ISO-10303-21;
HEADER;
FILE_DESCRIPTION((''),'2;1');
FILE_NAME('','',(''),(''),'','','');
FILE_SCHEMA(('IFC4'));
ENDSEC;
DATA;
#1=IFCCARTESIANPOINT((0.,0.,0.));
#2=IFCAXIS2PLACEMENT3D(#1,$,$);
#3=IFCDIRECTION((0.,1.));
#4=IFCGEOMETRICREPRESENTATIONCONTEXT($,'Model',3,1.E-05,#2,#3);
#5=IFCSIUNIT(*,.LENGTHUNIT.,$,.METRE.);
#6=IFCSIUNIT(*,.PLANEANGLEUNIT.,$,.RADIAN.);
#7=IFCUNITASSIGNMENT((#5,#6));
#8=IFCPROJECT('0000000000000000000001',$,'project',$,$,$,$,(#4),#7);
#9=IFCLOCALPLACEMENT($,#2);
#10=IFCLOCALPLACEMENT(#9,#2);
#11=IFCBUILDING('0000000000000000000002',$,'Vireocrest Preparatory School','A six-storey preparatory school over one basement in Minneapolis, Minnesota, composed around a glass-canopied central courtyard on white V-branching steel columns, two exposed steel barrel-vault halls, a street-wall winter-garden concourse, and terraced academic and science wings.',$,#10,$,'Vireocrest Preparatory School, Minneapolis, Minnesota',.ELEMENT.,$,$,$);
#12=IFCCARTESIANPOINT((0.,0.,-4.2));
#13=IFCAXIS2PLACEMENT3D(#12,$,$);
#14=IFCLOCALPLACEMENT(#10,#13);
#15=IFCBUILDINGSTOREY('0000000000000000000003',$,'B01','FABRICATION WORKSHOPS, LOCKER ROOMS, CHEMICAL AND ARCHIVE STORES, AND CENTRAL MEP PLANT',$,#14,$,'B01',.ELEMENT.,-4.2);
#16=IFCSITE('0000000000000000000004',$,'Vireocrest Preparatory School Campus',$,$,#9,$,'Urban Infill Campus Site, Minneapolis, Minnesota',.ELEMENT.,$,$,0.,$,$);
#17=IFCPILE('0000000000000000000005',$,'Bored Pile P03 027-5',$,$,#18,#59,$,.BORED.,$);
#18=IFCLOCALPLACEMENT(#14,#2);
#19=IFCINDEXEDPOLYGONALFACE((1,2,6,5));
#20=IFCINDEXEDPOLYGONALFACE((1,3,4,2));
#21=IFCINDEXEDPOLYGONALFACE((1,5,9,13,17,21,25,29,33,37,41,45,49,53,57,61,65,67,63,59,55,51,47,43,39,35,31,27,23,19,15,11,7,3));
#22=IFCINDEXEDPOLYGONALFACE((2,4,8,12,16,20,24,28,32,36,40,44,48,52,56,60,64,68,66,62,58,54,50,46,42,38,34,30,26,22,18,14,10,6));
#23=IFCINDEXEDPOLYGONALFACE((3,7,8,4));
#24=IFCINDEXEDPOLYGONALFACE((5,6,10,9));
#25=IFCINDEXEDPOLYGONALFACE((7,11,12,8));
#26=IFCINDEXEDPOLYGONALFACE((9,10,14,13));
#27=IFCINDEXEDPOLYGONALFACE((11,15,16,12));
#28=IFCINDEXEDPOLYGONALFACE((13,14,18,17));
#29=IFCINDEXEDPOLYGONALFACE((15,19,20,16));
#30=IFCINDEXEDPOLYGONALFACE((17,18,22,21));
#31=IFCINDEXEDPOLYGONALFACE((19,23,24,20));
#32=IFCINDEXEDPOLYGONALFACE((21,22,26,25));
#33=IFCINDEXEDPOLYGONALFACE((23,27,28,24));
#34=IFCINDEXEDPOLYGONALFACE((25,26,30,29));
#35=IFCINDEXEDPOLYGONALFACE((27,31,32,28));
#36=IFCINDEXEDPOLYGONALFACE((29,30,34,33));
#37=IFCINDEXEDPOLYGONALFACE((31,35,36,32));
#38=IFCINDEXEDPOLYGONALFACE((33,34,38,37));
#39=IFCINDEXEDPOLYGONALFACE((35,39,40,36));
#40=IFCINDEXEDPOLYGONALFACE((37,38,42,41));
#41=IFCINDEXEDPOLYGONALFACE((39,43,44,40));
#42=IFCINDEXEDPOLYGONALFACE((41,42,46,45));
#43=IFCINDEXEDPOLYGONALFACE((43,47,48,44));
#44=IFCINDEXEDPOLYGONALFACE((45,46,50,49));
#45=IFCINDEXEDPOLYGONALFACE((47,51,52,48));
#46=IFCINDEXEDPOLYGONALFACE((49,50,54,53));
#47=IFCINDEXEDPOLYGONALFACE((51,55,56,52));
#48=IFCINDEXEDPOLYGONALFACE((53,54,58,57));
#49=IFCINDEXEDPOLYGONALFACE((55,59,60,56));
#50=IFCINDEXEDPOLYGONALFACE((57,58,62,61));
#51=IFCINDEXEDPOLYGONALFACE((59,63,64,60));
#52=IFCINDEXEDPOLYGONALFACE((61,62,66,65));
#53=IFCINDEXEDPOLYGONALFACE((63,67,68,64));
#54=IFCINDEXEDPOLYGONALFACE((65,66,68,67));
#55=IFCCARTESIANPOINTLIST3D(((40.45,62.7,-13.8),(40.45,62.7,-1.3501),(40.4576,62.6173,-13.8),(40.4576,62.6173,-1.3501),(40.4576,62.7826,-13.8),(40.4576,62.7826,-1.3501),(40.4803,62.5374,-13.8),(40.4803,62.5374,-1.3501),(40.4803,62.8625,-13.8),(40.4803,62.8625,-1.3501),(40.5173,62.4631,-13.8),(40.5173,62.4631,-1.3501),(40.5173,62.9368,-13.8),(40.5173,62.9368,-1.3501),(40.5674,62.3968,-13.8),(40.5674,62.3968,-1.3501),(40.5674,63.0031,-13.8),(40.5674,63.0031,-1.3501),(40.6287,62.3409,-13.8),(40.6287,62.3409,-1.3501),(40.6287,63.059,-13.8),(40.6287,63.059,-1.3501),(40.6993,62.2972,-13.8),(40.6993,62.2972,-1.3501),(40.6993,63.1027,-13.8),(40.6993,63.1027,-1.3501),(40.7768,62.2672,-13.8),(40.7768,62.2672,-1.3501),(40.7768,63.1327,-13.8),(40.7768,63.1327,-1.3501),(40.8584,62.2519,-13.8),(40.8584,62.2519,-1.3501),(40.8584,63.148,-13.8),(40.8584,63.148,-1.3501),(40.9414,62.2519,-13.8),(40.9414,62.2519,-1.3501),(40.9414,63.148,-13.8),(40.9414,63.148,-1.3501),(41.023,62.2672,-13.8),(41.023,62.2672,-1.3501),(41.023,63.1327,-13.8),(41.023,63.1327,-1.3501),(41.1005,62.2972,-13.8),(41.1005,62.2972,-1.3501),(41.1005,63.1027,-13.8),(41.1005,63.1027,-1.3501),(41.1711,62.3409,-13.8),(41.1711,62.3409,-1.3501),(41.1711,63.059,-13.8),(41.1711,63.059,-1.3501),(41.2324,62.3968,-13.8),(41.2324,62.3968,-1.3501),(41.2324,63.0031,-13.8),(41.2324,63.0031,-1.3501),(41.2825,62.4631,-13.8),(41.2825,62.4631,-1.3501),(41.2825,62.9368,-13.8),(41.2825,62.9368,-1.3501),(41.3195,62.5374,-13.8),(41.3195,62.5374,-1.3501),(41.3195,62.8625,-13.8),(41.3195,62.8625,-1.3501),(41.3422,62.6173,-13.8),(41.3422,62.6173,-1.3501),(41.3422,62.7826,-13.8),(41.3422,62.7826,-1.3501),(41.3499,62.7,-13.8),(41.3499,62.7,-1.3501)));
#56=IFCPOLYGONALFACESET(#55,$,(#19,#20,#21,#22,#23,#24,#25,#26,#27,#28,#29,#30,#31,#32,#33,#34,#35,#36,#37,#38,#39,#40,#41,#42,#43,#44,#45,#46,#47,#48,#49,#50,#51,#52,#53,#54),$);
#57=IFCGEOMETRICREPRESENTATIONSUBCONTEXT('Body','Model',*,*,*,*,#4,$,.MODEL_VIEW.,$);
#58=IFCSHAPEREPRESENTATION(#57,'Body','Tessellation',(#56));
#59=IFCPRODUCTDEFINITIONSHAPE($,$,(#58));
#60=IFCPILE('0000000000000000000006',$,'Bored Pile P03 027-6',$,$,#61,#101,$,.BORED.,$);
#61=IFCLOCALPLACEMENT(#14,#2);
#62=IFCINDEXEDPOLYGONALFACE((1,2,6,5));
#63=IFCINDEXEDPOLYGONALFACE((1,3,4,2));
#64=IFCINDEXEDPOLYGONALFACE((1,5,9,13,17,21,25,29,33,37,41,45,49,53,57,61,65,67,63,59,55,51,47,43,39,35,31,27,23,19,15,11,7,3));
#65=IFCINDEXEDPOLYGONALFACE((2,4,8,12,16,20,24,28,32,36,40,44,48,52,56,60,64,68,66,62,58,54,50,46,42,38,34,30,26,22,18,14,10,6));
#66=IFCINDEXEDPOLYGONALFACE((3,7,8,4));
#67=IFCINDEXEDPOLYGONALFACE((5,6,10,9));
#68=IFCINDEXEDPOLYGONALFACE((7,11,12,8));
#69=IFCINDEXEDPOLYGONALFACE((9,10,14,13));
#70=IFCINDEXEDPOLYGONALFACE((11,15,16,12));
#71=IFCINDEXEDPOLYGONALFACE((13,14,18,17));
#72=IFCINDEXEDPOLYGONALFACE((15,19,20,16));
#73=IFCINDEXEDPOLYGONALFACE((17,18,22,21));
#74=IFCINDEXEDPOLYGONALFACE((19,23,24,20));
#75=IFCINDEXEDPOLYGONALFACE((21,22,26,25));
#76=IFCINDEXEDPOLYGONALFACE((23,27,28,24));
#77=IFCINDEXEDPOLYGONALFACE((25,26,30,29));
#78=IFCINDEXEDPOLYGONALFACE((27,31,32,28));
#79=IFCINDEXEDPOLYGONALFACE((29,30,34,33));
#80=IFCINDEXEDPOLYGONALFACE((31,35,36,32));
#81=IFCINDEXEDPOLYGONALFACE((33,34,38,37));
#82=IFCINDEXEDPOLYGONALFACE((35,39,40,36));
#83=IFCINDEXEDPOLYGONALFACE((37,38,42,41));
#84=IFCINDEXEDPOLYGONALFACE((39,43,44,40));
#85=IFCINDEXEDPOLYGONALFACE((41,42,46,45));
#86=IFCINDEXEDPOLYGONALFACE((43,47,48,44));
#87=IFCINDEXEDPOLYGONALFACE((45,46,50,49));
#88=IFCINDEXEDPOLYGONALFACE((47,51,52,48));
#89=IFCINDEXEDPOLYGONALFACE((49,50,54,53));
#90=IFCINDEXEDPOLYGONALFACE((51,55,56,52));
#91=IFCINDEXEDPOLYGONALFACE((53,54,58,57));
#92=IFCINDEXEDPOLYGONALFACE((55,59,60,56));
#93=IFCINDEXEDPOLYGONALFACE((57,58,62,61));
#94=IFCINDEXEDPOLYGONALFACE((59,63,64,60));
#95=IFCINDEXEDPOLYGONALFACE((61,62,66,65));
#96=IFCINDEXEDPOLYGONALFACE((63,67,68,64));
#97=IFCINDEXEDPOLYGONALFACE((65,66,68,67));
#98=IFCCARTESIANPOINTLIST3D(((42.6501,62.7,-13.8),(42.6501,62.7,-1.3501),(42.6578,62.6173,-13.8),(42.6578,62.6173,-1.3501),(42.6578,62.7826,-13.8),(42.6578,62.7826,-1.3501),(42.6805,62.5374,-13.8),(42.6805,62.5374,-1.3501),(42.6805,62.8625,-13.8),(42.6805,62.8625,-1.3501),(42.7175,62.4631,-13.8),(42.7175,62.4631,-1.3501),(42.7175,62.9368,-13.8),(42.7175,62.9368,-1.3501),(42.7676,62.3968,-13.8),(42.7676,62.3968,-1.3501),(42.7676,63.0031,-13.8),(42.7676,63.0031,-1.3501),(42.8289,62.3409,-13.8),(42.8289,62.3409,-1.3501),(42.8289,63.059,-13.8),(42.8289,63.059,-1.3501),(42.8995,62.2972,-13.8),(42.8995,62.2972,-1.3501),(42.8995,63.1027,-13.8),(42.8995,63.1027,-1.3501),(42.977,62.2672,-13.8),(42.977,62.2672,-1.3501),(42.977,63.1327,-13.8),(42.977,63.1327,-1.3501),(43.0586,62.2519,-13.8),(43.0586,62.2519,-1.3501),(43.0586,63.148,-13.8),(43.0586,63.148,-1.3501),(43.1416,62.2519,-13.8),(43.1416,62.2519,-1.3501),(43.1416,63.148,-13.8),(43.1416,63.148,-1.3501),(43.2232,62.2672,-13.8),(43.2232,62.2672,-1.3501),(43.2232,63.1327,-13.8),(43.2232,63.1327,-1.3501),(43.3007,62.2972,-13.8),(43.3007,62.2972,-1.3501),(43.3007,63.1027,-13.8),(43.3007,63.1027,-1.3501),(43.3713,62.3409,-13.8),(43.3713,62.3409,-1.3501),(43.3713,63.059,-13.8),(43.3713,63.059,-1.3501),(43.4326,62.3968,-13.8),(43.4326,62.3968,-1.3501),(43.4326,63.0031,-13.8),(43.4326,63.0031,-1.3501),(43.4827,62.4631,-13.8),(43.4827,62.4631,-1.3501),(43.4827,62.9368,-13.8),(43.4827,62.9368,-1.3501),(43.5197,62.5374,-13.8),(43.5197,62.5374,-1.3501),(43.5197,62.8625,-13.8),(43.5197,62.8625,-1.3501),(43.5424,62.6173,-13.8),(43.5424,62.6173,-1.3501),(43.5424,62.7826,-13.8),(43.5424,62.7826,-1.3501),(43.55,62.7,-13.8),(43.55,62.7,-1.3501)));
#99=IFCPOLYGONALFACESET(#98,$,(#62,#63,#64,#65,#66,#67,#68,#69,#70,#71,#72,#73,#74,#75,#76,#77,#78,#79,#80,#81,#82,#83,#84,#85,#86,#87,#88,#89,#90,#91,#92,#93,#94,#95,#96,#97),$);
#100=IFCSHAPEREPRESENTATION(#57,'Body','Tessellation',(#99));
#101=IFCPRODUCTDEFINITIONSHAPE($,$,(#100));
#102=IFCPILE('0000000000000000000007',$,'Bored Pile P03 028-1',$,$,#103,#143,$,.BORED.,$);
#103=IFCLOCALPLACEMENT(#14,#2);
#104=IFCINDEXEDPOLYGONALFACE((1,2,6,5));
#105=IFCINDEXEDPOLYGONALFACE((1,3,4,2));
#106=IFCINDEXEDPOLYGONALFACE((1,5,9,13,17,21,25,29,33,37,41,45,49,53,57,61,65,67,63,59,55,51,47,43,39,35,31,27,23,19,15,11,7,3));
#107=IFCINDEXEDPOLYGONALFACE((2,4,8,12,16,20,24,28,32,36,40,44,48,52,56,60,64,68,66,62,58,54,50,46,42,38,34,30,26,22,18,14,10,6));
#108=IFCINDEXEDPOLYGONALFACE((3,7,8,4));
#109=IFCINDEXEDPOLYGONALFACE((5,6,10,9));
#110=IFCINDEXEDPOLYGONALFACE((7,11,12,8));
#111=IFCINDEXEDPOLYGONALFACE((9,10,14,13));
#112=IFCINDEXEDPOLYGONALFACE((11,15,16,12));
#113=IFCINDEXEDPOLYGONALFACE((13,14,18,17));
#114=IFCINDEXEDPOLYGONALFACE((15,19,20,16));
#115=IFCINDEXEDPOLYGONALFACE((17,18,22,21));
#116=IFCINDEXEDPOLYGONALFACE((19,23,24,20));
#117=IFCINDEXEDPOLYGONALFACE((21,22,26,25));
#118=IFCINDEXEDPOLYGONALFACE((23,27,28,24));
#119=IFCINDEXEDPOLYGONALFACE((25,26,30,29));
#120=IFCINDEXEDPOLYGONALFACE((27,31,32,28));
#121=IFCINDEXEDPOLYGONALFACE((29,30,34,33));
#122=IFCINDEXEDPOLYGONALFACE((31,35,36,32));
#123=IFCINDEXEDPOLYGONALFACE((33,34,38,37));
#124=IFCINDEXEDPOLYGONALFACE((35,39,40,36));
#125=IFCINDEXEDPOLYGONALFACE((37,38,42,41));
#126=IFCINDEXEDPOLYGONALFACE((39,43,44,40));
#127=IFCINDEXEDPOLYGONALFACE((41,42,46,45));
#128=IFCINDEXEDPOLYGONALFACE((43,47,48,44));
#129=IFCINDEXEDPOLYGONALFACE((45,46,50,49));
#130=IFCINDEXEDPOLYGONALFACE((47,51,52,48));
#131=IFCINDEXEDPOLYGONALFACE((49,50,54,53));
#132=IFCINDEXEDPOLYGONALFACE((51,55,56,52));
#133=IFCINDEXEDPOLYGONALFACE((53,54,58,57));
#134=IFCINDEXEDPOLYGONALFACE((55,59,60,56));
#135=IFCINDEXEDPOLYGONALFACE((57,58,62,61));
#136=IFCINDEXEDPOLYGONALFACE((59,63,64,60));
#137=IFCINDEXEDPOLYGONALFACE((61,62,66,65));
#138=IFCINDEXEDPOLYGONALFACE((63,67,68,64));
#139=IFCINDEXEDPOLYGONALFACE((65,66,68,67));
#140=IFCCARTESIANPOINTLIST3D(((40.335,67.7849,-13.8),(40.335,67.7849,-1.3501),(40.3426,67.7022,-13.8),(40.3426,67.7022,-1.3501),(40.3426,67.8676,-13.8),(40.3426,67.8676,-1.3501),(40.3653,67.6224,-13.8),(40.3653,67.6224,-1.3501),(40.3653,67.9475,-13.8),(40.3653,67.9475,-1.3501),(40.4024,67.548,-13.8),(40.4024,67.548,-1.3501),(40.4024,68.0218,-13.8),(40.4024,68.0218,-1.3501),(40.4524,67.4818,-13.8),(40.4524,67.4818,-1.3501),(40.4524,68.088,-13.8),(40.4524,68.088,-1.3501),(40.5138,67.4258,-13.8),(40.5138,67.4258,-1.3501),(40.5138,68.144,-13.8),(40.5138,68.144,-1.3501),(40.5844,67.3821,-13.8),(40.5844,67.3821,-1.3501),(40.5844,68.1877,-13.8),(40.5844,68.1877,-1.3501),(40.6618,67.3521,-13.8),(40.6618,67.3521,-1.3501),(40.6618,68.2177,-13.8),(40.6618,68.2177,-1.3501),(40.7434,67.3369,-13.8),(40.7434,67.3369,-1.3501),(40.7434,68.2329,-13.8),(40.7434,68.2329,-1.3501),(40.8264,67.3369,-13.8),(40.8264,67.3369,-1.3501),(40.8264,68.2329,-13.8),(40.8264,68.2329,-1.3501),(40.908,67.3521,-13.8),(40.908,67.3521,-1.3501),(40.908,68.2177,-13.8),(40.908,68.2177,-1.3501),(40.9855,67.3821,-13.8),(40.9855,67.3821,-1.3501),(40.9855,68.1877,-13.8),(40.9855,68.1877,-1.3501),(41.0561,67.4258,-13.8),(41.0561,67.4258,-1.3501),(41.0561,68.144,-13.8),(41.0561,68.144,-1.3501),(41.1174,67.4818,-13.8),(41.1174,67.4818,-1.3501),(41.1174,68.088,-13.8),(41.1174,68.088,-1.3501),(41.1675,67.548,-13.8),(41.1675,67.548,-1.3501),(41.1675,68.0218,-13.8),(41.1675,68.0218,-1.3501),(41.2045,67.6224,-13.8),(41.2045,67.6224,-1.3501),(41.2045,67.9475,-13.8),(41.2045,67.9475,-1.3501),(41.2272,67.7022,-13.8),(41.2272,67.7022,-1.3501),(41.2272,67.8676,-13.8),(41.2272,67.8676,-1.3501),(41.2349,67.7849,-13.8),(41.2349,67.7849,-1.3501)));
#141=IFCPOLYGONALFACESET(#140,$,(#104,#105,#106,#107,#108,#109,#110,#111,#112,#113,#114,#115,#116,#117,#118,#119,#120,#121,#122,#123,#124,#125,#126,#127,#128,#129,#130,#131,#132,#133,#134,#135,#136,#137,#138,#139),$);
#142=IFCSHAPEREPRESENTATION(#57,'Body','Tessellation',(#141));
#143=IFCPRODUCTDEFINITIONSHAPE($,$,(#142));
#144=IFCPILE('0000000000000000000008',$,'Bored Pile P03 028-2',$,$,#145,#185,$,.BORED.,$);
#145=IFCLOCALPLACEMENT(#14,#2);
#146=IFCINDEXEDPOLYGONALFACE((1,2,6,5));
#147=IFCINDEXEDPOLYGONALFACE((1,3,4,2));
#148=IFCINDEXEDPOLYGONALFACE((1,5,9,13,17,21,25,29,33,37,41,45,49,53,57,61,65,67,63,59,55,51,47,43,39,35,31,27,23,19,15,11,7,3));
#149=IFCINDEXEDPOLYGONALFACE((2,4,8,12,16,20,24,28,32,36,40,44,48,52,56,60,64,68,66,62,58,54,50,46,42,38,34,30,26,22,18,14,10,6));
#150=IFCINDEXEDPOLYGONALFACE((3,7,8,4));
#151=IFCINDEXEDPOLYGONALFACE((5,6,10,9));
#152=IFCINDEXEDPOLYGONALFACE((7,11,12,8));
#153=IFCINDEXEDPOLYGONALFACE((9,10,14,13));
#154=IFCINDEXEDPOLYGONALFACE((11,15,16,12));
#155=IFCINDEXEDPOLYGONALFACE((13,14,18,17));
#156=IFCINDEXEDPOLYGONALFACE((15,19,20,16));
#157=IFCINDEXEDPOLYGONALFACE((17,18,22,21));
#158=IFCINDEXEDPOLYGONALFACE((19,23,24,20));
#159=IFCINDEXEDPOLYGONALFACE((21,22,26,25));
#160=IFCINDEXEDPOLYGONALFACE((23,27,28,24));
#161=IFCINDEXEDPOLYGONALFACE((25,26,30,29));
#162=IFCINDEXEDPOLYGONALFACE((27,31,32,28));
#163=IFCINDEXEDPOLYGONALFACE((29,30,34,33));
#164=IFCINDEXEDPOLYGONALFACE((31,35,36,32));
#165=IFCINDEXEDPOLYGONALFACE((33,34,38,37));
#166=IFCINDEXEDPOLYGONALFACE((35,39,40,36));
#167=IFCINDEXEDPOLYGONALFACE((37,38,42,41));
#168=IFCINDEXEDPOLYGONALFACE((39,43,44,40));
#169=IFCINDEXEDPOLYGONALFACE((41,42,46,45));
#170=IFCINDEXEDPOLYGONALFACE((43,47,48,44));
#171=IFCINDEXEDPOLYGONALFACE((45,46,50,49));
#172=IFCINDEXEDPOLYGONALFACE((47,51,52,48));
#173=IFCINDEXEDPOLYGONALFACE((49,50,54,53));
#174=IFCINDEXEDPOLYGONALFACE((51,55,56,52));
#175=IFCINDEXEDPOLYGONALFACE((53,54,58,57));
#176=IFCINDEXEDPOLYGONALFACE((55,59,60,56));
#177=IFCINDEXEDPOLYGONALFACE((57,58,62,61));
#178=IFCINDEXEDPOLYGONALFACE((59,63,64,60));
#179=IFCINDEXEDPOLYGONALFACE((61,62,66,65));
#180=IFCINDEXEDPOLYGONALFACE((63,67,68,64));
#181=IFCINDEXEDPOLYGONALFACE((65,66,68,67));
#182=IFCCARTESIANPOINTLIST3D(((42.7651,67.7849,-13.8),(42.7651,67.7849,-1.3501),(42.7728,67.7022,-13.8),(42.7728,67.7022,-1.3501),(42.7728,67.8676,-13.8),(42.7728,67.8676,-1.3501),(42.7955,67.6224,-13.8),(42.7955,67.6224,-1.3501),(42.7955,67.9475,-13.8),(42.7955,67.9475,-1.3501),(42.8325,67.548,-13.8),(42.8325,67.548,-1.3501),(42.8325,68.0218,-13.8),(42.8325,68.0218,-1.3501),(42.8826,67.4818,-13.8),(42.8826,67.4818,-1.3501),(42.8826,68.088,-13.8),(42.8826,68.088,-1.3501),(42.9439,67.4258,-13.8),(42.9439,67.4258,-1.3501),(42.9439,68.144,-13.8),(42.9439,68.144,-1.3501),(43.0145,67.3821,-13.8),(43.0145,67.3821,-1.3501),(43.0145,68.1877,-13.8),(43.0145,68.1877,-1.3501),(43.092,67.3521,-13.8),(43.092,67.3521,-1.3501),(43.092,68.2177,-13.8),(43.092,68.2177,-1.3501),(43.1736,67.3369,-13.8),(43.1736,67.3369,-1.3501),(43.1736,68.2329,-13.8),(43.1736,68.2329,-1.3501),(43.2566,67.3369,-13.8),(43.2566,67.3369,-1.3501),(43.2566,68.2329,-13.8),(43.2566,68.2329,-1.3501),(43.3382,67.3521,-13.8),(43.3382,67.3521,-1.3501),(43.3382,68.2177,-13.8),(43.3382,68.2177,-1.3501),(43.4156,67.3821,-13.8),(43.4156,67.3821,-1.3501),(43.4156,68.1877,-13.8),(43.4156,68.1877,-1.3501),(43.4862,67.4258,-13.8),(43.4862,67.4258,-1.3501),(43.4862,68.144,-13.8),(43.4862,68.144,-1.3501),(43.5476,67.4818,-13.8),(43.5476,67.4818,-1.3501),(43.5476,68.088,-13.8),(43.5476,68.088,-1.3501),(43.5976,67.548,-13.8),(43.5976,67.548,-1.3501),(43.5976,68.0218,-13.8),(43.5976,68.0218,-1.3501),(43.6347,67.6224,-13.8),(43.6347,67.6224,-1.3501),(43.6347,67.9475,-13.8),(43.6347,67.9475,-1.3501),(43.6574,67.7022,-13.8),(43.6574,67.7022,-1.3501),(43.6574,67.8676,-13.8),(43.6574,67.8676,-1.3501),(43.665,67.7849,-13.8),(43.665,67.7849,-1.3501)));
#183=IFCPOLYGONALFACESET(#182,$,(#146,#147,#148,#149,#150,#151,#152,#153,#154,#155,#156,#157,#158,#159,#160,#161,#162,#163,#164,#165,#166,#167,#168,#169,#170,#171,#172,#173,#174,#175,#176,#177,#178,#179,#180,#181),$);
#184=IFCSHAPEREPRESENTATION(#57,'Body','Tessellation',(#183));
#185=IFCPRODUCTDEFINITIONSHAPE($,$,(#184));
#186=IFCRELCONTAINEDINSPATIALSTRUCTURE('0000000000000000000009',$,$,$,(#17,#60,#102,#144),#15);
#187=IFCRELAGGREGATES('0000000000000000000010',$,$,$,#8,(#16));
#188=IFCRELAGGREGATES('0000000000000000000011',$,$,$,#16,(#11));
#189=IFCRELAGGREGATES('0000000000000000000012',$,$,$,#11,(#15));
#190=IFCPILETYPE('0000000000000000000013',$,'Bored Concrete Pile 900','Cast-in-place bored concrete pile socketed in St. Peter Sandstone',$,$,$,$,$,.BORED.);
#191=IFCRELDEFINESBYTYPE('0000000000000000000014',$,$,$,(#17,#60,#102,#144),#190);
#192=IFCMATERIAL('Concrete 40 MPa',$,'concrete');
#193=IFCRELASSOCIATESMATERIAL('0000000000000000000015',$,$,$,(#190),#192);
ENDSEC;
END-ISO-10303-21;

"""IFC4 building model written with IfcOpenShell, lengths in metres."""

from ifc_helpers import new_model, si_unit, direction, frame, origin, origin_2d, place, context, subcontext, project, spatial, circle, extrude, material, material_profile, profile_set, type_object, element, save


model = new_model("IFC4")

# Units and contexts
model_context = context("Model", 3, precision=1e-05, world=origin(), true_north=direction((0.0, 1.0)))
body_context = subcontext(model_context, "Body", "Model", "MODEL_VIEW")
ifc_project = project(units=[si_unit("LENGTHUNIT", "METRE"), si_unit("PLANEANGLEUNIT", "RADIAN")], contexts=[model_context])

# Site, building, storey
site_placement = place(None, origin())
site = spatial("IfcSite", under=ifc_project, at=site_placement, Name="Vireocrest Preparatory School Campus", LongName="Urban Infill Campus Site, Minneapolis, Minnesota", CompositionType="ELEMENT", RefElevation=0.0)
building_placement = place(site_placement, origin())
building = spatial("IfcBuilding", under=site, at=building_placement, Name="Vireocrest Preparatory School", Description="A six-storey preparatory school over one basement in Minneapolis, Minnesota, composed around a glass-canopied central courtyard on white V-branching steel columns, two exposed steel barrel-vault halls, a street-wall winter-garden concourse, and terraced academic and science wings.", LongName="Vireocrest Preparatory School, Minneapolis, Minnesota", CompositionType="ELEMENT")
storey_placement = place(building_placement, frame((0.0, 0.0, -4.2)))
storey = spatial("IfcBuildingStorey", under=building, at=storey_placement, Name="B01", Description="FABRICATION WORKSHOPS, LOCKER ROOMS, CHEMICAL AND ARCHIVE STORES, AND CENTRAL MEP PLANT", LongName="B01", CompositionType="ELEMENT", Elevation=-4.2)

# Piles
ifc_material_1 = material(Name="Concrete 40 MPa", Category="concrete")
ifc_material_profile_1 = material_profile(ifc_material_1, circle(Radius=0.45, at=origin_2d()), Name="BORED PILE 900")
ifc_profile_set_1 = profile_set([ifc_material_profile_1], Name="Concrete 40 MPa")
pile_type = type_object("IfcPileType", Name="Bored Concrete Pile 900", Description="Cast-in-place bored concrete pile socketed in St. Peter Sandstone", PredefinedType="BORED", material=ifc_profile_set_1)
for number, where, z_axis, x_axis, name in (
    (1, (40.8999, 62.7, -1.3501), (0.0, 0.0, -1.0), (1.0, 0.0, 0.0), "Bored Pile P03 027-5"),
    (2, (43.1001, 62.7, -1.3501), (0.0, 0.0, -1.0), (1.0, 0.0, 0.0), "Bored Pile P03 027-6"),
    (3, (40.7849, 67.7849, -1.3501), (0.0, 0.0, -1.0), (1.0, 0.0, 0.0), "Bored Pile P03 028-1"),
    (4, (43.2151, 67.7849, -1.3501), (0.0, 0.0, -1.0), (1.0, 0.0, 0.0), "Bored Pile P03 028-2"),
):
    element("IfcPile", number, at=place(storey_placement, frame(where, z_axis=z_axis, x_axis=x_axis)), inside=storey, type_object=pile_type, Name=name, PredefinedType="BORED", context=body_context, shape_type="SweptSolid", body=[
        extrude(circle(Radius=0.45, at=origin_2d()), origin(), (0.0, 0.0, 1.0), 12.45),
    ])

save(model, "model.ifc")
